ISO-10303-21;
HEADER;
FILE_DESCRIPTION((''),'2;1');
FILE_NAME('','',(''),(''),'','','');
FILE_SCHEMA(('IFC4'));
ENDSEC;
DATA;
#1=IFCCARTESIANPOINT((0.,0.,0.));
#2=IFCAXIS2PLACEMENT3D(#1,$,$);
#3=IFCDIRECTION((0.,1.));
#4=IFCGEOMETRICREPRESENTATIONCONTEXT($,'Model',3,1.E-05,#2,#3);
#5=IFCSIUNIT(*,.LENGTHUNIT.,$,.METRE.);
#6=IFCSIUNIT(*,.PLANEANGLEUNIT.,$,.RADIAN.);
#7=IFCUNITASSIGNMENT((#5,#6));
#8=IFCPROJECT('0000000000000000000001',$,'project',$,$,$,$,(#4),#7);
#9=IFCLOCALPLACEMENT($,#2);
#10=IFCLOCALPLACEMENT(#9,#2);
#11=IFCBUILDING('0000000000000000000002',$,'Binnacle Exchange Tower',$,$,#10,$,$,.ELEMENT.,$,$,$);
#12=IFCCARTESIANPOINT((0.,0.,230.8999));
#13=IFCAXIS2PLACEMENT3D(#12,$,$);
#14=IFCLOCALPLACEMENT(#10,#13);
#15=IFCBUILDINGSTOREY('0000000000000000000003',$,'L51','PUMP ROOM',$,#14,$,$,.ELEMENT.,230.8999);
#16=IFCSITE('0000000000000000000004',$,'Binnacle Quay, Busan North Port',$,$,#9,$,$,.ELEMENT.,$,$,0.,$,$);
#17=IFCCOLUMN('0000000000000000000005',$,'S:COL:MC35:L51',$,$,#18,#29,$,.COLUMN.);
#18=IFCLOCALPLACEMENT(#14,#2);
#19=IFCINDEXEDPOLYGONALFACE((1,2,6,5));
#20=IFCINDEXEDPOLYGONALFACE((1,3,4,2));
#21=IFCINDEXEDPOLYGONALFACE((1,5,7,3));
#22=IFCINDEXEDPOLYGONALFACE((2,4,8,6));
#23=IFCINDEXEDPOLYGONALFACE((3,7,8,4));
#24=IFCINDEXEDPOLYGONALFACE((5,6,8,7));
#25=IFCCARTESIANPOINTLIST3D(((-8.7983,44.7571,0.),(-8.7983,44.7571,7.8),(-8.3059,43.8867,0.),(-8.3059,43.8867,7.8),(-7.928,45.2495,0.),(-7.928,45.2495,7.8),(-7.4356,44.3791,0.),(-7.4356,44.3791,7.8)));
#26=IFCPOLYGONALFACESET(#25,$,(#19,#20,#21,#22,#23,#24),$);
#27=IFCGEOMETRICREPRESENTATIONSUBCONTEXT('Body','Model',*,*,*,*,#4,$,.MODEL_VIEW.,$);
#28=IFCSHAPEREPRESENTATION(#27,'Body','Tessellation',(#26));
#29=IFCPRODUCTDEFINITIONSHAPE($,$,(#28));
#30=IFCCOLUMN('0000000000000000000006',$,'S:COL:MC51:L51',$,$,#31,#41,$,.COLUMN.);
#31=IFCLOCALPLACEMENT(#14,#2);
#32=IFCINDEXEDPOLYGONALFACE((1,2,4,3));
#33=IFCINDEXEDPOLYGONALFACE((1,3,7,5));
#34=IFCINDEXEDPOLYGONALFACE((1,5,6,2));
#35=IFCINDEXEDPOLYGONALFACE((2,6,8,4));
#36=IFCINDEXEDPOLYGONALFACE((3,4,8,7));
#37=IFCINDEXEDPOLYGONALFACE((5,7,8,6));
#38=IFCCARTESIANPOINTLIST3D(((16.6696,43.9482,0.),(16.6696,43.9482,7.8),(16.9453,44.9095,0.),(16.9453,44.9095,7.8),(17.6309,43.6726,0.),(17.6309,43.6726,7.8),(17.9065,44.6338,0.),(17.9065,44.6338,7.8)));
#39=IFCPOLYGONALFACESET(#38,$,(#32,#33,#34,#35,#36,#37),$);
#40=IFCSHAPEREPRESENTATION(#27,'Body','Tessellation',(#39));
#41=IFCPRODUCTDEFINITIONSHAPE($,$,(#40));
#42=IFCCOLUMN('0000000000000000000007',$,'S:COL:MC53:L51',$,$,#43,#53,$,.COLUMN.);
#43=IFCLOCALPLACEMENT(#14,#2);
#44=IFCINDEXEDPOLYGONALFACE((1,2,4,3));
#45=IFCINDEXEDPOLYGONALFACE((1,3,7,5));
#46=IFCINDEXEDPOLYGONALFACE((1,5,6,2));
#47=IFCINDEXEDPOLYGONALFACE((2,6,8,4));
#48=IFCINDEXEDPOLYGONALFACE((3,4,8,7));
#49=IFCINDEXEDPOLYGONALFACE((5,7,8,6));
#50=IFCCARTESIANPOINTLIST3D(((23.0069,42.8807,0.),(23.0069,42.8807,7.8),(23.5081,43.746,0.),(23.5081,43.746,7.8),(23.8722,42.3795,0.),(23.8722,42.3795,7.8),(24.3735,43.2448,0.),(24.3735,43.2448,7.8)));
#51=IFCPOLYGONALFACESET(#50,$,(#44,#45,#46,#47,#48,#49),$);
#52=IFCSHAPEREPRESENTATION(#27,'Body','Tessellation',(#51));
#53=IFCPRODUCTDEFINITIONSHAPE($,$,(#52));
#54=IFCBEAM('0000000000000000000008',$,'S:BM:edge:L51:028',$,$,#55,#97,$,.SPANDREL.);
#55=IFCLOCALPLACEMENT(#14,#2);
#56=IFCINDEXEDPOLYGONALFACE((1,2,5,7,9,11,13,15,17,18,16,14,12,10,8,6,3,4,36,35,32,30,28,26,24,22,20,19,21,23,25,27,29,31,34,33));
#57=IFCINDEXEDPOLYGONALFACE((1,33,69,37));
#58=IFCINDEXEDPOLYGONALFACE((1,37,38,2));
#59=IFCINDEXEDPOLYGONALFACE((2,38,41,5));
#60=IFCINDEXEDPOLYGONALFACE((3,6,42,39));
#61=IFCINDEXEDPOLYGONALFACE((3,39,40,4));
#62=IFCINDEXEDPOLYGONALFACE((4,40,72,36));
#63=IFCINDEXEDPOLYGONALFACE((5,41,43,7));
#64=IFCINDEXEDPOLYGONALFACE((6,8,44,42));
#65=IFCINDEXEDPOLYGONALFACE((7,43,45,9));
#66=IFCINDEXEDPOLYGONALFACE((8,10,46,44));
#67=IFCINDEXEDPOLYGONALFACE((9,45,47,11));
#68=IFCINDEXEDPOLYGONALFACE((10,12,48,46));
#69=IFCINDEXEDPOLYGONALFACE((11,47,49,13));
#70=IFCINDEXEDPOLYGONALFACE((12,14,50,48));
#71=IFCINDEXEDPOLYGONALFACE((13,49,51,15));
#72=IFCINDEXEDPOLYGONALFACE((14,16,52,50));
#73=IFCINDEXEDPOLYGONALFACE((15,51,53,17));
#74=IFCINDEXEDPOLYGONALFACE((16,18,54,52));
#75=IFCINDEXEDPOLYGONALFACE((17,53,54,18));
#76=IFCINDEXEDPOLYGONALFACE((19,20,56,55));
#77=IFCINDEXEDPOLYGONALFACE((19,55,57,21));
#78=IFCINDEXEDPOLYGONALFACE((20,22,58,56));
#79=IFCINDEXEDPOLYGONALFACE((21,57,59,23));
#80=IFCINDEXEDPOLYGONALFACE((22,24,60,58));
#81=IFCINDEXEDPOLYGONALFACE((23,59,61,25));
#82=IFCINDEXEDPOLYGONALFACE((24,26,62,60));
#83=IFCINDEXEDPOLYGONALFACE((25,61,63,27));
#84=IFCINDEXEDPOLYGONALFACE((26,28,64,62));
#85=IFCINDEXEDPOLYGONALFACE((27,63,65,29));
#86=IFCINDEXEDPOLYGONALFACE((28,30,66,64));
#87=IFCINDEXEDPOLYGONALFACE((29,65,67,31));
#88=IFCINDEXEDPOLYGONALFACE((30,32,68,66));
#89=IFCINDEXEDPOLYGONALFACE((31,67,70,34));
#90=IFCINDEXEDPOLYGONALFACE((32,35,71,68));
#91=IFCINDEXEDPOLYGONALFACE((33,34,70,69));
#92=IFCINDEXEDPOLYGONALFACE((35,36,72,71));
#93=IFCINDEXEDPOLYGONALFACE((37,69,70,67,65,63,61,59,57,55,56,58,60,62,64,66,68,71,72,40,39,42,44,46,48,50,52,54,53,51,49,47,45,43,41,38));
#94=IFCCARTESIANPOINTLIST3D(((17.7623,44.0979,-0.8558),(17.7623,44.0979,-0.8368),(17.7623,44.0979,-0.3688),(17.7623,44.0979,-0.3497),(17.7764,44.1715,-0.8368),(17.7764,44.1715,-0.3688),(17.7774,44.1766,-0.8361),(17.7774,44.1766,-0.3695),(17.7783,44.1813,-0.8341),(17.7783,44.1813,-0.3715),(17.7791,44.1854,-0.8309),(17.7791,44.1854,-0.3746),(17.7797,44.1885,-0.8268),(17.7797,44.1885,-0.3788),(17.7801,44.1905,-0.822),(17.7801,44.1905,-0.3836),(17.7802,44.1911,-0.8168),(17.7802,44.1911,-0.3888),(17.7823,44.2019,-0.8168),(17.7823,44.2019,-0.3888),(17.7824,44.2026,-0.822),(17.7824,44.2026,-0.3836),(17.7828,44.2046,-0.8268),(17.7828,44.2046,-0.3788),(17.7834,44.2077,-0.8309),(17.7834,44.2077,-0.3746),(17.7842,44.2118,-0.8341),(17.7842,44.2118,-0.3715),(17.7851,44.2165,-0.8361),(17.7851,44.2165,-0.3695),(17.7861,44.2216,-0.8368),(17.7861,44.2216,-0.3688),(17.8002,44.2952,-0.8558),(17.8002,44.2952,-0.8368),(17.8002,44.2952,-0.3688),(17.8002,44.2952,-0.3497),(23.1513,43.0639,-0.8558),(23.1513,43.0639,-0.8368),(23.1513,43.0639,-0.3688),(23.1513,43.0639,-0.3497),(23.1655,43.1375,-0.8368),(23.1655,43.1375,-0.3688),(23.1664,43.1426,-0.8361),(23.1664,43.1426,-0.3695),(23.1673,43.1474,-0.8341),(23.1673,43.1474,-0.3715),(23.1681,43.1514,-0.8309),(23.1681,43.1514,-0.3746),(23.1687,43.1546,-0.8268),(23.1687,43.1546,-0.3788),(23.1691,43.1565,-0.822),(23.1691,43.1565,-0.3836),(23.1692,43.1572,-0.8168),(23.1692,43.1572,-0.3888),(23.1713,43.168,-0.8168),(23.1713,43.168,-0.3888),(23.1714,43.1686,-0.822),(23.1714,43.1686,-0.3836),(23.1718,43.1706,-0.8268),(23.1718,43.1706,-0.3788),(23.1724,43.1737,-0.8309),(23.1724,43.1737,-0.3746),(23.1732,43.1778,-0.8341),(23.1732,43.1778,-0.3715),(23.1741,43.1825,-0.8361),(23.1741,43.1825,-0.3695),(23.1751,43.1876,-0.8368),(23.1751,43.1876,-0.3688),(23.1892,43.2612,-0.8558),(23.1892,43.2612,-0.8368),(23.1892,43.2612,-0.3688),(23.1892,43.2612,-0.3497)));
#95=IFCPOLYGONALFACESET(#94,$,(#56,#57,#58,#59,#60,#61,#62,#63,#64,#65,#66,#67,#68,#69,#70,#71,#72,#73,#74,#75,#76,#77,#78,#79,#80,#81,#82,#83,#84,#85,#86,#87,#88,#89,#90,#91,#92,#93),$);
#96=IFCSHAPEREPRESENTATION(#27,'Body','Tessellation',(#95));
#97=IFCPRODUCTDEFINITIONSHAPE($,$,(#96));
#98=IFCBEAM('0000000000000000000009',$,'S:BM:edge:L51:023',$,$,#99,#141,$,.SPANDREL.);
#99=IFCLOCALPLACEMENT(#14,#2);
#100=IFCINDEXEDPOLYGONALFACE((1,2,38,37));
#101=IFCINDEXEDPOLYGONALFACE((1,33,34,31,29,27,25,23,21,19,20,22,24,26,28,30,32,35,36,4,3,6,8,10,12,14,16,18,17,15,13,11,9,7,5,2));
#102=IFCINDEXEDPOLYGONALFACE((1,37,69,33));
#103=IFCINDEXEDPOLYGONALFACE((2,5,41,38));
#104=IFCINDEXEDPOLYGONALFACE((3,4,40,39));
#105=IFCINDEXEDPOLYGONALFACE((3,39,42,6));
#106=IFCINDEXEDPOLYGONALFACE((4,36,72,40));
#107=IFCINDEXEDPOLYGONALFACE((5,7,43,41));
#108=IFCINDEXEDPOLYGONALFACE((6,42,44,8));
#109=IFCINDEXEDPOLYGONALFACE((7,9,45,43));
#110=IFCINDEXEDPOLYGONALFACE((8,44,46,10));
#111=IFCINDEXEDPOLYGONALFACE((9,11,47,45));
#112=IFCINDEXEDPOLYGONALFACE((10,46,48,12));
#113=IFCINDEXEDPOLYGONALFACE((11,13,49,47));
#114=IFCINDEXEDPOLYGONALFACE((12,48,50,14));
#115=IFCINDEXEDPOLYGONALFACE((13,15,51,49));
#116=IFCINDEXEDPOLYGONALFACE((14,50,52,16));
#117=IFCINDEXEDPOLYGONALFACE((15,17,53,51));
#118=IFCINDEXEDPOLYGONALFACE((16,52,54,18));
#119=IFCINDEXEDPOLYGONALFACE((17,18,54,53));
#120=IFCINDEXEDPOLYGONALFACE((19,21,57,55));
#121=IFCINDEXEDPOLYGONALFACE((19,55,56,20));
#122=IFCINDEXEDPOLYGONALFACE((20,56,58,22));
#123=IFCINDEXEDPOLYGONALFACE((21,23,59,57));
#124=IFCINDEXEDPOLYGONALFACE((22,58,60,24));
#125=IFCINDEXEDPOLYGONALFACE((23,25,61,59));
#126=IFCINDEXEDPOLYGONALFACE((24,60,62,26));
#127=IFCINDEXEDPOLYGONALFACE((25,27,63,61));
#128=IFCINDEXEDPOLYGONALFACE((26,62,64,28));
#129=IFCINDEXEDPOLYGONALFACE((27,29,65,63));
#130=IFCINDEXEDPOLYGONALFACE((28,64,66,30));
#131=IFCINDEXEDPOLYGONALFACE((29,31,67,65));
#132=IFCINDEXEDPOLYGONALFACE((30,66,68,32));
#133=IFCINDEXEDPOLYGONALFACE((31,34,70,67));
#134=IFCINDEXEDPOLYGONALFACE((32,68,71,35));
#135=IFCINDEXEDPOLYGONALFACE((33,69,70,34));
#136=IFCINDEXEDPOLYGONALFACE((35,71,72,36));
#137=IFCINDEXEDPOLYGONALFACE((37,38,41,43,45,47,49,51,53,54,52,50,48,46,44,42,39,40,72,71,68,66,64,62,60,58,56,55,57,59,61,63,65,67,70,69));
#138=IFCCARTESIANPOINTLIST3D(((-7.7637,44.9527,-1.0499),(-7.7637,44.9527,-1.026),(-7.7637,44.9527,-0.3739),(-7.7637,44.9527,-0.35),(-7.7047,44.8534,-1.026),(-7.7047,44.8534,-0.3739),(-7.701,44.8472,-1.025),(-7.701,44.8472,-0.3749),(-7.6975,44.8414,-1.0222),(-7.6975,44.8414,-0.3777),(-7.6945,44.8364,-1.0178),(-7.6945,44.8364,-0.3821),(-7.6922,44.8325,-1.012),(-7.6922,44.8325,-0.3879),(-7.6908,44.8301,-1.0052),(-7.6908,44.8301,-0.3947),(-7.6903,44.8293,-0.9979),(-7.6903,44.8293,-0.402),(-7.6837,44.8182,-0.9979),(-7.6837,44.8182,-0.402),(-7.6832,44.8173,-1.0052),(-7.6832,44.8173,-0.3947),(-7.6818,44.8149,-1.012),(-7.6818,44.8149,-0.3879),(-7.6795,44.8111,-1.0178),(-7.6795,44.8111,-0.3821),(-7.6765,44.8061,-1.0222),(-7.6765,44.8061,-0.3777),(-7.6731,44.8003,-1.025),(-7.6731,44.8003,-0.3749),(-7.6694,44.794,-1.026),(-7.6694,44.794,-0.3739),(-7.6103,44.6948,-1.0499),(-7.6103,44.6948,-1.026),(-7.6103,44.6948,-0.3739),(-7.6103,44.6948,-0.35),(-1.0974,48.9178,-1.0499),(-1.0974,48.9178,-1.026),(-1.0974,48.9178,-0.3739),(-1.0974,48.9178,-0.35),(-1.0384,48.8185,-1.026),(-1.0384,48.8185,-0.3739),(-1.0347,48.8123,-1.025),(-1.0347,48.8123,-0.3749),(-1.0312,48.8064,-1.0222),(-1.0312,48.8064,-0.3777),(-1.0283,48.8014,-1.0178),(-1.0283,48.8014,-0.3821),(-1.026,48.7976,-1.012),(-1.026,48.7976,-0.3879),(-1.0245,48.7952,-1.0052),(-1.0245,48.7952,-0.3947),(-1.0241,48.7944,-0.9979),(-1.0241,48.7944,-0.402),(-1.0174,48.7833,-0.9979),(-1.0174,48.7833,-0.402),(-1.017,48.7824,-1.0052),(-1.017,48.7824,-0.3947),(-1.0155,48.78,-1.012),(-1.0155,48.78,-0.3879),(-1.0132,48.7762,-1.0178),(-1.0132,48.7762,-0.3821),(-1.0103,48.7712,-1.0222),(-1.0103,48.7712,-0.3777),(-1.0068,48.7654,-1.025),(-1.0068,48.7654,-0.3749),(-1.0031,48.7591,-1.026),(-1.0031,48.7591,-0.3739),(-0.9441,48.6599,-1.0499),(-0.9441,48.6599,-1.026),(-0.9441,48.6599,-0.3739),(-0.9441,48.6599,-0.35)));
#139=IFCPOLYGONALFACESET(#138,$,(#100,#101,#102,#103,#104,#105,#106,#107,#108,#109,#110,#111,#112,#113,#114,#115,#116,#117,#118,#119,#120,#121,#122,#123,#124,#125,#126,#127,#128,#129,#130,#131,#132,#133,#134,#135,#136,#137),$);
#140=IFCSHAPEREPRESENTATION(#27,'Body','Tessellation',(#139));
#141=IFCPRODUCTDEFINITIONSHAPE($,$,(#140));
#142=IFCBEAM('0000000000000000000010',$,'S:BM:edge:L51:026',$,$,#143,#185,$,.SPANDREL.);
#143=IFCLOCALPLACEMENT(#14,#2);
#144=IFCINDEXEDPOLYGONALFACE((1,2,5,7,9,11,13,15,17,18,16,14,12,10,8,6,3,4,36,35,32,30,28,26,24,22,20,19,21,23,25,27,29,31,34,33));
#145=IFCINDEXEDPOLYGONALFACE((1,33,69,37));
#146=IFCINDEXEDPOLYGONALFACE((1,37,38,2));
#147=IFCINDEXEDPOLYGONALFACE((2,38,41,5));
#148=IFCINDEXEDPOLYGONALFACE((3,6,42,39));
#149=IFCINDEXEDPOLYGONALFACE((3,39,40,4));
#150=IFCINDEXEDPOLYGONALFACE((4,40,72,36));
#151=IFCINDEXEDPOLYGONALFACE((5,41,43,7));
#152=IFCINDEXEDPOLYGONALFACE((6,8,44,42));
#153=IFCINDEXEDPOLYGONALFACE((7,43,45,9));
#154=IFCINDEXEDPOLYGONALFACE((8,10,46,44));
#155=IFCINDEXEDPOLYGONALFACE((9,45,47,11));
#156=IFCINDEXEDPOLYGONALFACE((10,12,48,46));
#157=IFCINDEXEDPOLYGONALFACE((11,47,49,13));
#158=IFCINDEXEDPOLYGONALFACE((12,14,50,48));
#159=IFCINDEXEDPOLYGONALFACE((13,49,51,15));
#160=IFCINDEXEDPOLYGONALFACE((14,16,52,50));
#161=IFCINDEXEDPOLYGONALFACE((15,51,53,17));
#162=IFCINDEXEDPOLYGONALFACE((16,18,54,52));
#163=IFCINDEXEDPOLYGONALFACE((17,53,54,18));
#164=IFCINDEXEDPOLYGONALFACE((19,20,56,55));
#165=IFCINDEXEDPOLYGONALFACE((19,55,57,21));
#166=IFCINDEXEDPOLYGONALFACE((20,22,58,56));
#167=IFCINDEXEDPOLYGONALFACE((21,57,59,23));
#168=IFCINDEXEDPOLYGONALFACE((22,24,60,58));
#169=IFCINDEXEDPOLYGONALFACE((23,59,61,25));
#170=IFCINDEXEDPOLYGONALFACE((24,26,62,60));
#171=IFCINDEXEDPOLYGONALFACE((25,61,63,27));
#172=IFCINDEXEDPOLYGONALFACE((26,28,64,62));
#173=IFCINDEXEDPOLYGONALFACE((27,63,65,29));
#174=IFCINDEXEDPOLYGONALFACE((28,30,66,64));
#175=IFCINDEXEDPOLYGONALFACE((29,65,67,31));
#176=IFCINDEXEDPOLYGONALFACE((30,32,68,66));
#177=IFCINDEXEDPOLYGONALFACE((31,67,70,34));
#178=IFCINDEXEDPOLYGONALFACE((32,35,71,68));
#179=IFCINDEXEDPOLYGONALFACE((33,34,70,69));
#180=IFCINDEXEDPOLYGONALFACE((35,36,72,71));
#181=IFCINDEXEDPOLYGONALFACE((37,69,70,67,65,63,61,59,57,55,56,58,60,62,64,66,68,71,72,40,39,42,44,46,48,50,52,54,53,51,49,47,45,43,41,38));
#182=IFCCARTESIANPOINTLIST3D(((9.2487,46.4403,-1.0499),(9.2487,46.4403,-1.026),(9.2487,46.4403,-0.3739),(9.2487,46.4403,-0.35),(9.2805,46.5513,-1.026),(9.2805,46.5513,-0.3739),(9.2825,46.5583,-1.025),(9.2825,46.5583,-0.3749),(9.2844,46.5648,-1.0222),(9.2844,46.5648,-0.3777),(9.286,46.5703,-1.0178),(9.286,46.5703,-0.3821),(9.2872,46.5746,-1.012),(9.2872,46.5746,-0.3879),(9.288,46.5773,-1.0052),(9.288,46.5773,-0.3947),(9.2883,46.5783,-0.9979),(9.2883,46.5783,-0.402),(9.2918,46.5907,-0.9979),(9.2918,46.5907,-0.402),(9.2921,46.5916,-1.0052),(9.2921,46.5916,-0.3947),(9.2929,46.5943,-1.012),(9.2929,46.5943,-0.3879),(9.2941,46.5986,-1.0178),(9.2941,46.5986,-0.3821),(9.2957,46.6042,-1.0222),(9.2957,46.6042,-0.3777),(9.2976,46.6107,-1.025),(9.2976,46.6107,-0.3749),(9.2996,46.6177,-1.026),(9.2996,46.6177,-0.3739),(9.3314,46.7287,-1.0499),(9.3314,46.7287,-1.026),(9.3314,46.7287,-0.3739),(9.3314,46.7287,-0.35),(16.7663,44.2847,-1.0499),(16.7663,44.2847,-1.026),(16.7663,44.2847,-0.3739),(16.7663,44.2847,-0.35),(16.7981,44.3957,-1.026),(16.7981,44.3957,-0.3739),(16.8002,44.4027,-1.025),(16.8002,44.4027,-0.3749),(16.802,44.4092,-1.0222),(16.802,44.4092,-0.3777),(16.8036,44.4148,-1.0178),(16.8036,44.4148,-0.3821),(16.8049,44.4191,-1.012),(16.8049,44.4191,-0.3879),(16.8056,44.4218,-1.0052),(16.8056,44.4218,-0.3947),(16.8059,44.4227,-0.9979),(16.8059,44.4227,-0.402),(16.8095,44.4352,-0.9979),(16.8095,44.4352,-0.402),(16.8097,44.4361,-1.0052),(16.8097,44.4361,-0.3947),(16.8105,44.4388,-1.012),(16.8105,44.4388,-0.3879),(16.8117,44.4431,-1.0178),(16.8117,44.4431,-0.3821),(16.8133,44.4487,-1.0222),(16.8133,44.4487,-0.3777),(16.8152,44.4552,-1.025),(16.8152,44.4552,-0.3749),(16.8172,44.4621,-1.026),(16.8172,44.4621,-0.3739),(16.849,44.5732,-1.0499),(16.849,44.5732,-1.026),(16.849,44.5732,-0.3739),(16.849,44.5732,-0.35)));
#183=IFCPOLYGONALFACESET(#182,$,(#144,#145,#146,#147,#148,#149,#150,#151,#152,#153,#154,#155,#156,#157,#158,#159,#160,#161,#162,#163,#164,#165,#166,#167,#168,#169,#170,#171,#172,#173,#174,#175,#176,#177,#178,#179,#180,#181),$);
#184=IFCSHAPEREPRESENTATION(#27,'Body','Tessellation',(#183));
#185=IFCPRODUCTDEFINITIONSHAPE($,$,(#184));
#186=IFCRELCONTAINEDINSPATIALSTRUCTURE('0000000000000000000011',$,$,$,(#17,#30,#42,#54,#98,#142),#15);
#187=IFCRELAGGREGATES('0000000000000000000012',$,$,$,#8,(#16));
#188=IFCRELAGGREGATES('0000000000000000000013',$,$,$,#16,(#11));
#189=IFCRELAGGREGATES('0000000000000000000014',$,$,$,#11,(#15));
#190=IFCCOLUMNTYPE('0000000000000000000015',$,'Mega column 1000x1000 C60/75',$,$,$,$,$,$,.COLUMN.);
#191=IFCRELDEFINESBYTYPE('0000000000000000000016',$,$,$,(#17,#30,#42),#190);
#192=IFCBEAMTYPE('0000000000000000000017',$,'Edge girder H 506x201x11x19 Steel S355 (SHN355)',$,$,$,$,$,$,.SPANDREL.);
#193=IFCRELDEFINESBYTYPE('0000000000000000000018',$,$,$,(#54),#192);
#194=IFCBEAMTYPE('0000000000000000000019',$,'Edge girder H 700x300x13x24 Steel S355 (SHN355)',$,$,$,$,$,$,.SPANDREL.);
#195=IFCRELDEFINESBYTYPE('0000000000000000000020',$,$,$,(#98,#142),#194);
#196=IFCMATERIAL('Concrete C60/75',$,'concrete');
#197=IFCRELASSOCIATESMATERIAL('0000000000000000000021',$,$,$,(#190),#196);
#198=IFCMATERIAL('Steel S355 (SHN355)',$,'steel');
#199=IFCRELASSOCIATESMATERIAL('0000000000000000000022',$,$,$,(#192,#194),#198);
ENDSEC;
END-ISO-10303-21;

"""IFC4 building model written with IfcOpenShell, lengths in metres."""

from ifc_helpers import new_model, si_unit, direction, frame, origin, origin_2d, place, context, subcontext, project, spatial, rectangle, i_section, extrude, material, material_profile, profile_set, type_object, element, save


model = new_model("IFC4")

# Units and contexts
model_context = context("Model", 3, precision=1e-05, world=origin(), true_north=direction((0.0, 1.0)))
body_context = subcontext(model_context, "Body", "Model", "MODEL_VIEW")
ifc_project = project(units=[si_unit("LENGTHUNIT", "METRE"), si_unit("PLANEANGLEUNIT", "RADIAN")], contexts=[model_context])

# Site, building, storey
site_placement = place(None, origin())
site = spatial("IfcSite", under=ifc_project, at=site_placement, Name="Binnacle Quay, Busan North Port", CompositionType="ELEMENT", RefElevation=0.0)
building_placement = place(site_placement, origin())
building = spatial("IfcBuilding", under=site, at=building_placement, Name="Binnacle Exchange Tower", CompositionType="ELEMENT")
storey_placement = place(building_placement, frame((0.0, 0.0, 230.8999)))
storey = spatial("IfcBuildingStorey", under=building, at=storey_placement, Name="L51", Description="PUMP ROOM", CompositionType="ELEMENT", Elevation=230.8999)

# Columns
ifc_material_1 = material(Name="Concrete C60/75", Category="concrete")
ifc_material_profile_1 = material_profile(ifc_material_1, rectangle(XDim=1.0, YDim=1.0, at=origin_2d()), Name="Mega column 1000x1000 C60/75")
ifc_profile_set_1 = profile_set([ifc_material_profile_1], Name="Concrete C60/75")
column_type = type_object("IfcColumnType", Name="Mega column 1000x1000 C60/75", PredefinedType="COLUMN", material=ifc_profile_set_1)
for number, where, z_axis, x_axis, name in (
    (1, (-8.1169, 44.5681, 0.0), (0.0, 0.0, 1.0), (0.870356, 0.492424, 0.0), "S:COL:MC35:L51"),
    (2, (17.2881, 44.291, 0.0), (0.0, 0.0, 1.0), (0.961262, -0.275637, 0.0), "S:COL:MC51:L51"),
    (3, (23.6902, 43.0627, 0.0), (0.0, 0.0, 1.0), (-0.865326, 0.501209, 0.0), "S:COL:MC53:L51"),
):
    element("IfcColumn", number, at=place(storey_placement, frame(where, z_axis=z_axis, x_axis=x_axis)), inside=storey, type_object=column_type, Name=name, PredefinedType="COLUMN", context=body_context, shape_type="SweptSolid", body=[
        extrude(rectangle(XDim=1.0, YDim=1.0, at=origin_2d()), origin(), (0.0, 0.0, 1.0), 7.8),
    ])

# Beams
ifc_material_2 = material(Name="Steel S355 (SHN355)", Category="steel")
ifc_material_profile_2 = material_profile(ifc_material_2, i_section(OverallWidth=0.2009, OverallDepth=0.5061, WebThickness=0.011, FlangeThickness=0.019, FilletRadius=0.02, at=origin_2d()), Name="H 506x201x11x19")
ifc_profile_set_2 = profile_set([ifc_material_profile_2], Name="Steel S355 (SHN355)")
beam_type_1 = type_object("IfcBeamType", Name="Edge girder H 506x201x11x19 Steel S355 (SHN355)", PredefinedType="SPANDREL", material=ifc_profile_set_2)
beam_1_placement = place(storey_placement, frame((17.7812, 44.1965, -0.6028), z_axis=(0.982087, -0.188427, 0.0), x_axis=(0.188427, 0.982087, 0.0)))
element("IfcBeam", 4, at=beam_1_placement, inside=storey, type_object=beam_type_1, Name="S:BM:edge:L51:028", PredefinedType="SPANDREL", context=body_context, shape_type="SweptSolid", body=[
    extrude(i_section(OverallWidth=0.2009, OverallDepth=0.5061, WebThickness=0.011, FlangeThickness=0.019, FilletRadius=0.02, at=origin_2d()), origin(), (0.0, 0.0, 1.0), 5.4873),
])
ifc_material_profile_3 = material_profile(ifc_material_2, i_section(OverallWidth=0.3, OverallDepth=0.7, WebThickness=0.0129, FlangeThickness=0.0239, FilletRadius=0.0281, at=origin_2d()), Name="H 700x300x13x24")
ifc_profile_set_3 = profile_set([ifc_material_profile_3], Name="Steel S355 (SHN355)")
beam_type_2 = type_object("IfcBeamType", Name="Edge girder H 700x300x13x24 Steel S355 (SHN355)", PredefinedType="SPANDREL", material=ifc_profile_set_3)
beam_2_placement = place(storey_placement, frame((-7.687, 44.8237, -0.7), z_axis=(0.859459, 0.511205, 0.0), x_axis=(-0.511205, 0.859459, 0.0)))
element("IfcBeam", 5, at=beam_2_placement, inside=storey, type_object=beam_type_2, Name="S:BM:edge:L51:023", PredefinedType="SPANDREL", context=body_context, shape_type="SweptSolid", body=[
    extrude(i_section(OverallWidth=0.3, OverallDepth=0.7, WebThickness=0.0129, FlangeThickness=0.0239, FilletRadius=0.0281, at=origin_2d()), origin(), (0.0, 0.0, 1.0), 7.7563),
])
beam_3_placement = place(storey_placement, frame((9.29, 46.5845, -0.7), z_axis=(0.961266, -0.275624, 0.0), x_axis=(0.275624, 0.961266, 0.0)))
element("IfcBeam", 6, at=beam_3_placement, inside=storey, type_object=beam_type_2, Name="S:BM:edge:L51:026", PredefinedType="SPANDREL", context=body_context, shape_type="SweptSolid", body=[
    extrude(i_section(OverallWidth=0.3, OverallDepth=0.7, WebThickness=0.0129, FlangeThickness=0.0239, FilletRadius=0.0281, at=origin_2d()), origin(), (0.0, 0.0, 1.0), 7.8206),
])

save(model, "model.ifc")
